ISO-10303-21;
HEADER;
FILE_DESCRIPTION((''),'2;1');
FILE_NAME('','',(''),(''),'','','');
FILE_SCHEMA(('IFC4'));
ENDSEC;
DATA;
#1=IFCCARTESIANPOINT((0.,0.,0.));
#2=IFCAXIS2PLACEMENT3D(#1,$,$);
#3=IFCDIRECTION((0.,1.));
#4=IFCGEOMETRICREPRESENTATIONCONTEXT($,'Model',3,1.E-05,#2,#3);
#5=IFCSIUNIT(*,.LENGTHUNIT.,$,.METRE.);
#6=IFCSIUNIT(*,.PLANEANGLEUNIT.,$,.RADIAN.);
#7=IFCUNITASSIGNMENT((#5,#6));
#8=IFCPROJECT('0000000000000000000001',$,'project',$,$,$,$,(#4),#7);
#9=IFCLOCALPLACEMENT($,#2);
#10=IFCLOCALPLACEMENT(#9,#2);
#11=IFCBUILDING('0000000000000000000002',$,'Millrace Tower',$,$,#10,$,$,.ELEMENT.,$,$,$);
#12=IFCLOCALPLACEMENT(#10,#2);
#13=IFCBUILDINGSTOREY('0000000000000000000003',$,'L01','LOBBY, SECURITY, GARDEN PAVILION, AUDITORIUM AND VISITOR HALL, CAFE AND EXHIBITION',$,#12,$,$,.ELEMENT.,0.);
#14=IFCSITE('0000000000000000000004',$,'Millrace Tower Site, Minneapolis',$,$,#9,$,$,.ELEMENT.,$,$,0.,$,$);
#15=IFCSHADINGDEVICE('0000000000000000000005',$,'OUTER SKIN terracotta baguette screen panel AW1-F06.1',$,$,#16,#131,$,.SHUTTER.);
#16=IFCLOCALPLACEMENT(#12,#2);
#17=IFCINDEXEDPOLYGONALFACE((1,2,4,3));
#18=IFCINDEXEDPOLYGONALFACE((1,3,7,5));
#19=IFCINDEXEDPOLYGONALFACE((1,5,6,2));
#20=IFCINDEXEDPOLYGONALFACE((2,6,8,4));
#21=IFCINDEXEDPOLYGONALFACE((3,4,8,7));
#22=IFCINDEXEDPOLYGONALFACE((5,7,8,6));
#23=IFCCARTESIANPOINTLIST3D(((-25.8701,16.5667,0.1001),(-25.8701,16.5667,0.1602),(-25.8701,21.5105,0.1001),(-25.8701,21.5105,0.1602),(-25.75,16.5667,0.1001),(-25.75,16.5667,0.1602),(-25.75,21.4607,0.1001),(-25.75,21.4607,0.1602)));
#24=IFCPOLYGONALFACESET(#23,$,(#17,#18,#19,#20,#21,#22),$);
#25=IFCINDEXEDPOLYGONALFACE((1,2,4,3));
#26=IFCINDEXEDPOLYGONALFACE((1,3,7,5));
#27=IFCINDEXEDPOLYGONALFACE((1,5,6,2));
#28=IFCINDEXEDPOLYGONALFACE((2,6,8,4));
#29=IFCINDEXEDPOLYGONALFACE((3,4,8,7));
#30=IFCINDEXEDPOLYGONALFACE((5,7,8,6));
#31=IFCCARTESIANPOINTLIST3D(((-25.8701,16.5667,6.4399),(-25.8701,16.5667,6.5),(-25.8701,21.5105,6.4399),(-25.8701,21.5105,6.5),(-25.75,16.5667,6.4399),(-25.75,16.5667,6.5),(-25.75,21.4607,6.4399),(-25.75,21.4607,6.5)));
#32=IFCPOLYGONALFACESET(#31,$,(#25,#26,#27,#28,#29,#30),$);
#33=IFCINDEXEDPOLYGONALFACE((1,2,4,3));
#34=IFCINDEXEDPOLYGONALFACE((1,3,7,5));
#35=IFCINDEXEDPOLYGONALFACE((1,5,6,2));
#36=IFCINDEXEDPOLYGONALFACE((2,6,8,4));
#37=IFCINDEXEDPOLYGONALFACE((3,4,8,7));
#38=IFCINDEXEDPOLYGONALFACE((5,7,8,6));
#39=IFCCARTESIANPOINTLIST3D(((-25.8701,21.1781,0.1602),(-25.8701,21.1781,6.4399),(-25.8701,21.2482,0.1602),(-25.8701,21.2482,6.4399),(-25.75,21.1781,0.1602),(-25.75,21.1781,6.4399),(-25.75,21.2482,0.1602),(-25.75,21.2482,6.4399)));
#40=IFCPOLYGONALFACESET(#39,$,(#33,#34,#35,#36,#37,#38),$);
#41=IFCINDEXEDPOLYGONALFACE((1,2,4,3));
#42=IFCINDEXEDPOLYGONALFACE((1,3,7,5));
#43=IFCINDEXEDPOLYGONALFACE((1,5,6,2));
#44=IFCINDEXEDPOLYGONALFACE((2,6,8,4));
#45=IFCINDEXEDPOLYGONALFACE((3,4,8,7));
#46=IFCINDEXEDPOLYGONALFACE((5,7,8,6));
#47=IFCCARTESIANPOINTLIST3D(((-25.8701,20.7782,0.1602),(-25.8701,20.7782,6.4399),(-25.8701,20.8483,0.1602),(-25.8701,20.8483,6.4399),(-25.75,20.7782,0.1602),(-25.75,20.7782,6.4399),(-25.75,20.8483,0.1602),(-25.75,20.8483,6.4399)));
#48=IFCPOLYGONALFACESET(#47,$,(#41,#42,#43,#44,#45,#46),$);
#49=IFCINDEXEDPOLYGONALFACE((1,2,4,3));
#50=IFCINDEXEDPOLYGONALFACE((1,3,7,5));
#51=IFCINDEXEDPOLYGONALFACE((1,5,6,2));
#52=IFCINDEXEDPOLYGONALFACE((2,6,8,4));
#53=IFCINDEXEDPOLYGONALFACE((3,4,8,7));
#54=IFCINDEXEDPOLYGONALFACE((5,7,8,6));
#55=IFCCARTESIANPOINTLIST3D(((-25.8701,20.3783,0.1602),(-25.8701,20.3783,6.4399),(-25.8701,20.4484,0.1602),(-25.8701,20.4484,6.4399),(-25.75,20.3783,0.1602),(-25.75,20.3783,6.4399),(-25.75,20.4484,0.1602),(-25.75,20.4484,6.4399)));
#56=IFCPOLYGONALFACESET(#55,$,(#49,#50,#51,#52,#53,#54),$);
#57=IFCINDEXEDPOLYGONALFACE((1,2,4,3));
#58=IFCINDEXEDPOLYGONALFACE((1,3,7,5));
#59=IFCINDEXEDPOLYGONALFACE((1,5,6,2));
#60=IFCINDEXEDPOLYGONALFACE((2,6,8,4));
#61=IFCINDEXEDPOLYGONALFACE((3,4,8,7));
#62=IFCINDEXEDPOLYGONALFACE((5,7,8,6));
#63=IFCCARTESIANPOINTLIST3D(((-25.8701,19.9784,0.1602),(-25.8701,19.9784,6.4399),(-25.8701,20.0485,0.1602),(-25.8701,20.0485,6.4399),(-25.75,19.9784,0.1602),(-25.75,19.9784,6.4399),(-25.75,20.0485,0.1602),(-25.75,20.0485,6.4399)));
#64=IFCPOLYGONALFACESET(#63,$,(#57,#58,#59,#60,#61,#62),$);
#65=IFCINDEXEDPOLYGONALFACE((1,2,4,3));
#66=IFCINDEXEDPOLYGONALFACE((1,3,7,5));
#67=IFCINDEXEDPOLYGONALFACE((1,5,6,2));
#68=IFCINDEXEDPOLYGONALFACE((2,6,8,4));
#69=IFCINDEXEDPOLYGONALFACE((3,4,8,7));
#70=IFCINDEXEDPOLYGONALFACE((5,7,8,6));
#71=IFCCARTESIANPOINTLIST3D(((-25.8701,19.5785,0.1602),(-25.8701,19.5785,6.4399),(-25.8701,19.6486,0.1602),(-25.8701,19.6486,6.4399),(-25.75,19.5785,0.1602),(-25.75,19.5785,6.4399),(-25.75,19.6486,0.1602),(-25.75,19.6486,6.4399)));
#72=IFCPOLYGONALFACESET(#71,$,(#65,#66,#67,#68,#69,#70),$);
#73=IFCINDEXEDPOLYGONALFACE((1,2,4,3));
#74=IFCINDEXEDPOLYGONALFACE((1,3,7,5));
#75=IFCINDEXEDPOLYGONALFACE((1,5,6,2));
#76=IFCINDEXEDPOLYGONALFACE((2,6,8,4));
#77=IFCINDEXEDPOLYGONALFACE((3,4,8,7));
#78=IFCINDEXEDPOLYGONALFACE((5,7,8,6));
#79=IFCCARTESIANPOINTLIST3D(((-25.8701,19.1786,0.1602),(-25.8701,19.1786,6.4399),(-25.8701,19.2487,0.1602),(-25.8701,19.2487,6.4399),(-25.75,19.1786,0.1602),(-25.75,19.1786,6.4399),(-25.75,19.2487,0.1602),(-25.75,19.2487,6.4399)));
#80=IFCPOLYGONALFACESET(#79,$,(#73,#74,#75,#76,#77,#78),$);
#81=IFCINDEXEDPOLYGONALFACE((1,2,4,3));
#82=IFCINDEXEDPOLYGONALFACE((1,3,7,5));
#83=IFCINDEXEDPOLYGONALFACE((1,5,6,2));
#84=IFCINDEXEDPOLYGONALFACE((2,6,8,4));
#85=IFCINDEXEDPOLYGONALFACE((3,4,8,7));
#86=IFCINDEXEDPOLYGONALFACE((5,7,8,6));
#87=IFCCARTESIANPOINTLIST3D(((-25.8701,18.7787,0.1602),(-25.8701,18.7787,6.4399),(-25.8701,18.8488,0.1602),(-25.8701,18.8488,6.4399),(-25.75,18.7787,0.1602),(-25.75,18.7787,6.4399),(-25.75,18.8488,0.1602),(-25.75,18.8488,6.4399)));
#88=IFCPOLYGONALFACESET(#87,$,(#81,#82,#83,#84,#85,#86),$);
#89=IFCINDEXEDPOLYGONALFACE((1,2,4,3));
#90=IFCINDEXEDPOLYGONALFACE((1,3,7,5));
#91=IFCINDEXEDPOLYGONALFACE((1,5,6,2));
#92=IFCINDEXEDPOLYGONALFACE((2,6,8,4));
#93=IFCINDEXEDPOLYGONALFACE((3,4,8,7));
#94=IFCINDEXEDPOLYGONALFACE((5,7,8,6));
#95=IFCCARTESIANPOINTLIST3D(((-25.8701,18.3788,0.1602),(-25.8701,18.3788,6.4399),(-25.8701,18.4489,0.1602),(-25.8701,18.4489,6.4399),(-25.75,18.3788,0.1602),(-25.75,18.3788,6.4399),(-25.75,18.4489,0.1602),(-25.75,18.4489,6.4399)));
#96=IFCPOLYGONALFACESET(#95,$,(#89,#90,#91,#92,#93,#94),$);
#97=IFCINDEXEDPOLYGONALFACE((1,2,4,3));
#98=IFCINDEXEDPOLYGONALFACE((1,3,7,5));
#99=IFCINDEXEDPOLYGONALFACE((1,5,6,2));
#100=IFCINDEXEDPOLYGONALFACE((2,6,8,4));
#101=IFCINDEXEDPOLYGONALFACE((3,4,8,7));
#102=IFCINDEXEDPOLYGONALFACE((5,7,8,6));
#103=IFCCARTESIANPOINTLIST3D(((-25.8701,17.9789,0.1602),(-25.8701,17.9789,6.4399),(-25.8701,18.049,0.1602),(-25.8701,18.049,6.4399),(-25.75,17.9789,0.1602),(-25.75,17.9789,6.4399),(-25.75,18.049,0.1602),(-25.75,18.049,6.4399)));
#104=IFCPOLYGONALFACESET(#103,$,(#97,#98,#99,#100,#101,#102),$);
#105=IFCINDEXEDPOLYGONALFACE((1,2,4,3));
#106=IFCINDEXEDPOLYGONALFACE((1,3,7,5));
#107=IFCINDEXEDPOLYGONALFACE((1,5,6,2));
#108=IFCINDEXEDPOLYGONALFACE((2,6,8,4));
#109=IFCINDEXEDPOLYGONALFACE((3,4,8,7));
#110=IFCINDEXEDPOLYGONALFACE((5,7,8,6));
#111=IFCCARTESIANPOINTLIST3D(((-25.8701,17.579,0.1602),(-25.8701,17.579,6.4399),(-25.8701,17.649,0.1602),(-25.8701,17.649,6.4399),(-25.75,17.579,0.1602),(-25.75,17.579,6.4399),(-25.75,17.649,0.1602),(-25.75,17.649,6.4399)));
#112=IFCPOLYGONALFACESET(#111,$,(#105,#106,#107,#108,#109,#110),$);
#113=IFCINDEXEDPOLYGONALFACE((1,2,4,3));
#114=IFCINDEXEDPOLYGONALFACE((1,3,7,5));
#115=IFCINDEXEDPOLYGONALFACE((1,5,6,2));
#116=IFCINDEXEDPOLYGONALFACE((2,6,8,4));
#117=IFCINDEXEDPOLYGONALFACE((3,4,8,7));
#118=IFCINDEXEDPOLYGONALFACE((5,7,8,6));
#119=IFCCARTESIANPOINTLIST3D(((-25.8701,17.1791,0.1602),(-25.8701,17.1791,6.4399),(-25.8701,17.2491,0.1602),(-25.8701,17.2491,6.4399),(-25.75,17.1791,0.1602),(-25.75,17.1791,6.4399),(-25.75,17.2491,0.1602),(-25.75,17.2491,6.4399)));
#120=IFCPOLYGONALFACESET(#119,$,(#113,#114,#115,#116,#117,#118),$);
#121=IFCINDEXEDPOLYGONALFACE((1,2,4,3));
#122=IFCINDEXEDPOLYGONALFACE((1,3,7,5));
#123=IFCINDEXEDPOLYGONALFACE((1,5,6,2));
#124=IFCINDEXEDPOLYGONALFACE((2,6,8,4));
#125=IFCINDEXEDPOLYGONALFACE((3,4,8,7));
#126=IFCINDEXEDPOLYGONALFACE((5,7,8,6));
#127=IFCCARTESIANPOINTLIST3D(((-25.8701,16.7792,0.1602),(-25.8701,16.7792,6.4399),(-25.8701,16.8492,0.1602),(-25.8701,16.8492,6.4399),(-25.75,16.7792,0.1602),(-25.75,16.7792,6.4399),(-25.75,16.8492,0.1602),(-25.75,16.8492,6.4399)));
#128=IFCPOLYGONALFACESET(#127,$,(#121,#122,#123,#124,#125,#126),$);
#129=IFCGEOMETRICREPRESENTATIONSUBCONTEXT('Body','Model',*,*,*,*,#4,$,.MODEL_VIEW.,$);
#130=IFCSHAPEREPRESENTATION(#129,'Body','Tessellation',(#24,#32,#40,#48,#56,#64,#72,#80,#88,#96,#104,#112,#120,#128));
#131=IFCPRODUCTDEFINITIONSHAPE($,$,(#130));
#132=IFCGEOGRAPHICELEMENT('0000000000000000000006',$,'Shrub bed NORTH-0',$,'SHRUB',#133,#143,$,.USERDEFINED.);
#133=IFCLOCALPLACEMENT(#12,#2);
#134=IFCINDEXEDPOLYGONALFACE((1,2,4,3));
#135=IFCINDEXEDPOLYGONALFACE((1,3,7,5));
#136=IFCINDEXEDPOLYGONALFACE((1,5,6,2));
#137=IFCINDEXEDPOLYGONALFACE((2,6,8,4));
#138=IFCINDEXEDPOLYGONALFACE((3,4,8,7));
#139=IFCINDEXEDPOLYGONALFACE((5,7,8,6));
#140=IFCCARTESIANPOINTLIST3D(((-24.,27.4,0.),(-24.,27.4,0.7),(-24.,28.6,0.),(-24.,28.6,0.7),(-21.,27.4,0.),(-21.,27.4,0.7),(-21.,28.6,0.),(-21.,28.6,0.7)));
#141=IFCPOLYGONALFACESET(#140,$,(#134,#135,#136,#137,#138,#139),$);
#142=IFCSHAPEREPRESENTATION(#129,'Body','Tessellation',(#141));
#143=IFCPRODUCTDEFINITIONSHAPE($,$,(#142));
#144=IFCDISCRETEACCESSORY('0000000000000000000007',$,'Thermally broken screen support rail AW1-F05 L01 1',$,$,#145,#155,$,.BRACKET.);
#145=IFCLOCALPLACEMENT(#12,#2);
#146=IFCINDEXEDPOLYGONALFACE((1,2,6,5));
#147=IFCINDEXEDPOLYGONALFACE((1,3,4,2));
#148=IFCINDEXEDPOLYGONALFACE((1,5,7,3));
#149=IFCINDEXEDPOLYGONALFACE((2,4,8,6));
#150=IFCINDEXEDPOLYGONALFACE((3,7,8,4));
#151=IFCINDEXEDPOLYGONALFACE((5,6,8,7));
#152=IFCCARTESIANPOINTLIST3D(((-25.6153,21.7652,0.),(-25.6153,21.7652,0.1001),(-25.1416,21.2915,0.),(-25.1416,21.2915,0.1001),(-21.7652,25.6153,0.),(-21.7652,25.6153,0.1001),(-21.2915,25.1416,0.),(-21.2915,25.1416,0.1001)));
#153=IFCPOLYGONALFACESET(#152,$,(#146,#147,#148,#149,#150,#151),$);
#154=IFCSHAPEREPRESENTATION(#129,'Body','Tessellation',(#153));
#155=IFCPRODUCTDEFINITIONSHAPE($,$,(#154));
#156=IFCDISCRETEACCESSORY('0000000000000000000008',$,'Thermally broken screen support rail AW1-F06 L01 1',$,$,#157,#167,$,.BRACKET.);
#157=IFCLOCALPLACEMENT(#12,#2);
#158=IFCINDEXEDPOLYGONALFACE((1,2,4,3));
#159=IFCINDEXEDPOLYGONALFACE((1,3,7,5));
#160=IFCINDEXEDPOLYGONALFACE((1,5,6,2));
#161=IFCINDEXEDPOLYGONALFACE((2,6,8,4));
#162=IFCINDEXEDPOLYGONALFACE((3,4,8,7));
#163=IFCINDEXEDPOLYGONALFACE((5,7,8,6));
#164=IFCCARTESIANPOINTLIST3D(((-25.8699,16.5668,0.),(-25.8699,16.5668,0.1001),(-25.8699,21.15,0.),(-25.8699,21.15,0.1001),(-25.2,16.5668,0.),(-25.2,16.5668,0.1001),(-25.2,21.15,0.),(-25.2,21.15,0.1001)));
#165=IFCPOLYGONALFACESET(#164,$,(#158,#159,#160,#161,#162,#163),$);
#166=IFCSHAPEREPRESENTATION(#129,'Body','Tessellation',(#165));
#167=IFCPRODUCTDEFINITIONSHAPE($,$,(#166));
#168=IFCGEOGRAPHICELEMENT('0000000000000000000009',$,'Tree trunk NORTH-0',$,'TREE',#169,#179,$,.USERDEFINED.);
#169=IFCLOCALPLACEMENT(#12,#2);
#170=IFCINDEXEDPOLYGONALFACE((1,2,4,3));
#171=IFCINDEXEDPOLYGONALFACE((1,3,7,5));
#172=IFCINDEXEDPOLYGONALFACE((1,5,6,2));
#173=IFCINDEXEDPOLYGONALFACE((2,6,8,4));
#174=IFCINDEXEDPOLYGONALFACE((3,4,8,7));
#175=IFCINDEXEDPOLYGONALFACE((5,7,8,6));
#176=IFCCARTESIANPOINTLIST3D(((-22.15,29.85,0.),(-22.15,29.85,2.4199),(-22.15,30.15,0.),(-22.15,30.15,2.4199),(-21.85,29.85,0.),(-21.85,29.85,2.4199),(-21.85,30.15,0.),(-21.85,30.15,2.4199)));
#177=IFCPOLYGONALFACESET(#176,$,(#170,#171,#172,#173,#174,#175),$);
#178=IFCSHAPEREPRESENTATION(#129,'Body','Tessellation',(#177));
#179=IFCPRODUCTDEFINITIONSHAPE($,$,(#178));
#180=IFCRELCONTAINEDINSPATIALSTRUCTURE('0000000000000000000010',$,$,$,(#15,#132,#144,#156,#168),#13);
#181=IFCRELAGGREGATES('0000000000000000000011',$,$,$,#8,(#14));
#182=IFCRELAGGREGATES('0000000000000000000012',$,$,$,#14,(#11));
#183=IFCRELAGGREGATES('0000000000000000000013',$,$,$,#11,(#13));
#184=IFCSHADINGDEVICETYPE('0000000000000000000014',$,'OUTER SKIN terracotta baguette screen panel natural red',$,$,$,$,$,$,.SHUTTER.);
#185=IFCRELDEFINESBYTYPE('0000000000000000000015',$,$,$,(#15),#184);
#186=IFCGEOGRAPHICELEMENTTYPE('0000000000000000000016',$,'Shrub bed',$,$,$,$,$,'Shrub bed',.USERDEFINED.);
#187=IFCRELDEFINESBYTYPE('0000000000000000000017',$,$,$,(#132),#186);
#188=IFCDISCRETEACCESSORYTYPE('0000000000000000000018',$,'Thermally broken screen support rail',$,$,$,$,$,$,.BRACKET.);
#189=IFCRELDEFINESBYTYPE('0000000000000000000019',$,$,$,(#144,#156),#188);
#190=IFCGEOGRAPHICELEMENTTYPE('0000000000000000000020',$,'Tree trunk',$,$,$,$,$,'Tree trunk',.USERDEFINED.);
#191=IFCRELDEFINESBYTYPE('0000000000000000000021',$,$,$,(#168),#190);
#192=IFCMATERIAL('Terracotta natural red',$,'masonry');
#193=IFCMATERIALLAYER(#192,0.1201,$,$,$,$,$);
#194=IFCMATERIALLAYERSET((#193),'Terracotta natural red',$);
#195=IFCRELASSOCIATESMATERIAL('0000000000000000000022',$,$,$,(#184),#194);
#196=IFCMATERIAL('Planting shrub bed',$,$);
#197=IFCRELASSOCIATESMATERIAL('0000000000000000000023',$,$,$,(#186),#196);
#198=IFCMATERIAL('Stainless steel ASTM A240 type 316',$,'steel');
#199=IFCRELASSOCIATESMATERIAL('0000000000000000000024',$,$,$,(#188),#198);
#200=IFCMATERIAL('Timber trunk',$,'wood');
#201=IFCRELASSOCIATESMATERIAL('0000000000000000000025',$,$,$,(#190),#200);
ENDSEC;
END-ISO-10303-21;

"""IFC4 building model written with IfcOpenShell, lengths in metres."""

from ifc_helpers import new_model, entity, si_unit, direction, frame, frame_2d, origin, origin_2d, place, context, subcontext, project, spatial, rectangle, extrude, source, transform, mapped, material, layer, layer_set, type_object, element, save


model = new_model("IFC4")

# Units and contexts
model_context = context("Model", 3, precision=1e-05, world=origin(), true_north=direction((0.0, 1.0)))
body_context = subcontext(model_context, "Body", "Model", "MODEL_VIEW")
ifc_project = project(units=[si_unit("LENGTHUNIT", "METRE"), si_unit("PLANEANGLEUNIT", "RADIAN")], contexts=[model_context])

# Site, building, storey
site_placement = place(None, origin())
site = spatial("IfcSite", under=ifc_project, at=site_placement, Name="Millrace Tower Site, Minneapolis", CompositionType="ELEMENT", RefElevation=0.0)
building_placement = place(site_placement, origin())
building = spatial("IfcBuilding", under=site, at=building_placement, Name="Millrace Tower", CompositionType="ELEMENT")
storey_placement = place(building_placement, origin())
storey = spatial("IfcBuildingStorey", under=building, at=storey_placement, Name="L01", Description="LOBBY, SECURITY, GARDEN PAVILION, AUDITORIUM AND VISITOR HALL, CAFE AND EXHIBITION", CompositionType="ELEMENT", Elevation=0.0)

# Shading device
ifc_material_1 = material(Name="Terracotta natural red", Category="masonry")
ifc_layer_1 = layer(ifc_material_1, 0.1201)
ifc_layer_set_1 = layer_set([ifc_layer_1], Name="Terracotta natural red")
shading_device_type = type_object("IfcShadingDeviceType", Name="OUTER SKIN terracotta baguette screen panel natural red", PredefinedType="SHUTTER", material=ifc_layer_set_1)
cartesian_point_1 = entity("IfcCartesianPoint", [-2.4346, 0.0601])
shared_polyline_1 = entity("IfcPolyline", [cartesian_point_1, entity("IfcCartesianPoint", [2.4595, 0.0601]), entity("IfcCartesianPoint", [2.4595, -0.0601]), entity("IfcCartesianPoint", [-2.4844, -0.0601]), cartesian_point_1])
shared_shape_1 = source(origin(), body_context, "Body", "SweptSolid", [
    entity("IfcExtrudedAreaSolid", entity("IfcArbitraryClosedProfileDef", "AREA", None, shared_polyline_1), entity("IfcAxis2Placement3D", entity("IfcCartesianPoint", [0.0, 0.0, 0.0])), entity("IfcDirection", [0.0, 0.0, 1.0]), 0.0601),
    entity("IfcExtrudedAreaSolid", entity("IfcArbitraryClosedProfileDef", "AREA", None, shared_polyline_1), entity("IfcAxis2Placement3D", entity("IfcCartesianPoint", [0.0, 0.0, 6.3398])), entity("IfcDirection", [0.0, 0.0, 1.0]), 0.0601),
    extrude(rectangle(XDim=0.0701, YDim=0.1201, at=frame_2d((-2.187, 0.0))), frame((0.0, 0.0, 0.0601)), (0.0, 0.0, 1.0), 6.2798),
    extrude(rectangle(XDim=0.0701, YDim=0.1201, at=frame_2d((-1.7871, 0.0))), frame((0.0, 0.0, 0.0601)), (0.0, 0.0, 1.0), 6.2798),
    extrude(rectangle(XDim=0.0701, YDim=0.1201, at=frame_2d((-1.3872, 0.0))), frame((0.0, 0.0, 0.0601)), (0.0, 0.0, 1.0), 6.2798),
    extrude(rectangle(XDim=0.0701, YDim=0.1201, at=frame_2d((-0.9873, 0.0))), frame((0.0, 0.0, 0.0601)), (0.0, 0.0, 1.0), 6.2798),
    extrude(rectangle(XDim=0.0701, YDim=0.1201, at=frame_2d((-0.5874, 0.0))), frame((0.0, 0.0, 0.0601)), (0.0, 0.0, 1.0), 6.2798),
    extrude(rectangle(XDim=0.0701, YDim=0.1201, at=frame_2d((-0.1875, 0.0))), frame((0.0, 0.0, 0.0601)), (0.0, 0.0, 1.0), 6.2798),
    extrude(rectangle(XDim=0.0701, YDim=0.1201, at=frame_2d((0.2124, 0.0))), frame((0.0, 0.0, 0.0601)), (0.0, 0.0, 1.0), 6.2798),
    extrude(rectangle(XDim=0.0701, YDim=0.1201, at=frame_2d((0.6123, 0.0))), frame((0.0, 0.0, 0.0601)), (0.0, 0.0, 1.0), 6.2798),
    extrude(rectangle(XDim=0.0701, YDim=0.1201, at=frame_2d((1.0122, 0.0))), frame((0.0, 0.0, 0.0601)), (0.0, 0.0, 1.0), 6.2798),
    extrude(rectangle(XDim=0.0701, YDim=0.1201, at=frame_2d((1.4121, 0.0))), frame((0.0, 0.0, 0.0601)), (0.0, 0.0, 1.0), 6.2798),
    extrude(rectangle(XDim=0.0701, YDim=0.1201, at=frame_2d((1.812, 0.0))), frame((0.0, 0.0, 0.0601)), (0.0, 0.0, 1.0), 6.2798),
    extrude(rectangle(XDim=0.0701, YDim=0.1201, at=frame_2d((2.2119, 0.0))), frame((0.0, 0.0, 0.0601)), (0.0, 0.0, 1.0), 6.2798),
])
shading_device_1_placement = place(storey_placement, frame((-25.8101, 19.0261, 0.1001), z_axis=(0.0, 0.0, 1.0), x_axis=(0.0, -1.0, 0.0)))
element("IfcShadingDevice", 1, at=shading_device_1_placement, inside=storey, type_object=shading_device_type, Name="OUTER SKIN terracotta baguette screen panel AW1-F06.1", PredefinedType="SHUTTER", context=body_context, shape_type="MappedRepresentation", body=[
    mapped(shared_shape_1, transform((0.0, 0.0, 0.0), scale=1.0)),
])

# Geographic element
ifc_material_2 = material(Name="Planting shrub bed")
geographic_element_type_1 = type_object("IfcGeographicElementType", Name="Shrub bed", ElementType="Shrub bed", PredefinedType="USERDEFINED", material=ifc_material_2)
geographic_element_1_placement = place(storey_placement, frame((-22.5, 28.0, 0.0), z_axis=(0.0, 0.0, 1.0), x_axis=(1.0, 0.0, 0.0)))
element("IfcGeographicElement", 2, at=geographic_element_1_placement, inside=storey, type_object=geographic_element_type_1, Name="Shrub bed NORTH-0", ObjectType="SHRUB", PredefinedType="USERDEFINED", context=body_context, shape_type="SweptSolid", body=[
    extrude(rectangle(XDim=3.0, YDim=1.2, at=origin_2d()), origin(), (0.0, 0.0, 1.0), 0.7),
])

# Discrete accessories
ifc_material_3 = material(Name="Stainless steel ASTM A240 type 316", Category="steel")
discrete_accessory_type = type_object("IfcDiscreteAccessoryType", Name="Thermally broken screen support rail", PredefinedType="BRACKET", material=ifc_material_3)
discrete_accessory_1_placement = place(storey_placement, frame((-23.4534, 23.4534, 0.0), z_axis=(0.0, 0.0, 1.0), x_axis=(-0.707107, -0.707107, 0.0)))
element("IfcDiscreteAccessory", 3, at=discrete_accessory_1_placement, inside=storey, type_object=discrete_accessory_type, Name="Thermally broken screen support rail AW1-F05 L01 1", PredefinedType="BRACKET", context=body_context, shape_type="SweptSolid", body=[
    extrude(rectangle(XDim=5.4448, YDim=0.6699, at=origin_2d()), origin(), (0.0, 0.0, 1.0), 0.1001),
])
discrete_accessory_2_placement = place(storey_placement, frame((-25.5349, 18.8584, 0.0), z_axis=(0.0, 0.0, 1.0), x_axis=(0.0, -1.0, 0.0)))
element("IfcDiscreteAccessory", 4, at=discrete_accessory_2_placement, inside=storey, type_object=discrete_accessory_type, Name="Thermally broken screen support rail AW1-F06 L01 1", PredefinedType="BRACKET", context=body_context, shape_type="SweptSolid", body=[
    extrude(rectangle(XDim=4.5833, YDim=0.6699, at=origin_2d()), origin(), (0.0, 0.0, 1.0), 0.1001),
])

# Geographic element
ifc_material_4 = material(Name="Timber trunk", Category="wood")
geographic_element_type_2 = type_object("IfcGeographicElementType", Name="Tree trunk", ElementType="Tree trunk", PredefinedType="USERDEFINED", material=ifc_material_4)
geographic_element_2_placement = place(storey_placement, frame((-22.0, 30.0, 0.0), z_axis=(0.0, 0.0, 1.0), x_axis=(1.0, 0.0, 0.0)))
element("IfcGeographicElement", 5, at=geographic_element_2_placement, inside=storey, type_object=geographic_element_type_2, Name="Tree trunk NORTH-0", ObjectType="TREE", PredefinedType="USERDEFINED", context=body_context, shape_type="SweptSolid", body=[
    extrude(rectangle(XDim=0.3, YDim=0.3, at=origin_2d()), origin(), (0.0, 0.0, 1.0), 2.4199),
])

save(model, "model.ifc")
